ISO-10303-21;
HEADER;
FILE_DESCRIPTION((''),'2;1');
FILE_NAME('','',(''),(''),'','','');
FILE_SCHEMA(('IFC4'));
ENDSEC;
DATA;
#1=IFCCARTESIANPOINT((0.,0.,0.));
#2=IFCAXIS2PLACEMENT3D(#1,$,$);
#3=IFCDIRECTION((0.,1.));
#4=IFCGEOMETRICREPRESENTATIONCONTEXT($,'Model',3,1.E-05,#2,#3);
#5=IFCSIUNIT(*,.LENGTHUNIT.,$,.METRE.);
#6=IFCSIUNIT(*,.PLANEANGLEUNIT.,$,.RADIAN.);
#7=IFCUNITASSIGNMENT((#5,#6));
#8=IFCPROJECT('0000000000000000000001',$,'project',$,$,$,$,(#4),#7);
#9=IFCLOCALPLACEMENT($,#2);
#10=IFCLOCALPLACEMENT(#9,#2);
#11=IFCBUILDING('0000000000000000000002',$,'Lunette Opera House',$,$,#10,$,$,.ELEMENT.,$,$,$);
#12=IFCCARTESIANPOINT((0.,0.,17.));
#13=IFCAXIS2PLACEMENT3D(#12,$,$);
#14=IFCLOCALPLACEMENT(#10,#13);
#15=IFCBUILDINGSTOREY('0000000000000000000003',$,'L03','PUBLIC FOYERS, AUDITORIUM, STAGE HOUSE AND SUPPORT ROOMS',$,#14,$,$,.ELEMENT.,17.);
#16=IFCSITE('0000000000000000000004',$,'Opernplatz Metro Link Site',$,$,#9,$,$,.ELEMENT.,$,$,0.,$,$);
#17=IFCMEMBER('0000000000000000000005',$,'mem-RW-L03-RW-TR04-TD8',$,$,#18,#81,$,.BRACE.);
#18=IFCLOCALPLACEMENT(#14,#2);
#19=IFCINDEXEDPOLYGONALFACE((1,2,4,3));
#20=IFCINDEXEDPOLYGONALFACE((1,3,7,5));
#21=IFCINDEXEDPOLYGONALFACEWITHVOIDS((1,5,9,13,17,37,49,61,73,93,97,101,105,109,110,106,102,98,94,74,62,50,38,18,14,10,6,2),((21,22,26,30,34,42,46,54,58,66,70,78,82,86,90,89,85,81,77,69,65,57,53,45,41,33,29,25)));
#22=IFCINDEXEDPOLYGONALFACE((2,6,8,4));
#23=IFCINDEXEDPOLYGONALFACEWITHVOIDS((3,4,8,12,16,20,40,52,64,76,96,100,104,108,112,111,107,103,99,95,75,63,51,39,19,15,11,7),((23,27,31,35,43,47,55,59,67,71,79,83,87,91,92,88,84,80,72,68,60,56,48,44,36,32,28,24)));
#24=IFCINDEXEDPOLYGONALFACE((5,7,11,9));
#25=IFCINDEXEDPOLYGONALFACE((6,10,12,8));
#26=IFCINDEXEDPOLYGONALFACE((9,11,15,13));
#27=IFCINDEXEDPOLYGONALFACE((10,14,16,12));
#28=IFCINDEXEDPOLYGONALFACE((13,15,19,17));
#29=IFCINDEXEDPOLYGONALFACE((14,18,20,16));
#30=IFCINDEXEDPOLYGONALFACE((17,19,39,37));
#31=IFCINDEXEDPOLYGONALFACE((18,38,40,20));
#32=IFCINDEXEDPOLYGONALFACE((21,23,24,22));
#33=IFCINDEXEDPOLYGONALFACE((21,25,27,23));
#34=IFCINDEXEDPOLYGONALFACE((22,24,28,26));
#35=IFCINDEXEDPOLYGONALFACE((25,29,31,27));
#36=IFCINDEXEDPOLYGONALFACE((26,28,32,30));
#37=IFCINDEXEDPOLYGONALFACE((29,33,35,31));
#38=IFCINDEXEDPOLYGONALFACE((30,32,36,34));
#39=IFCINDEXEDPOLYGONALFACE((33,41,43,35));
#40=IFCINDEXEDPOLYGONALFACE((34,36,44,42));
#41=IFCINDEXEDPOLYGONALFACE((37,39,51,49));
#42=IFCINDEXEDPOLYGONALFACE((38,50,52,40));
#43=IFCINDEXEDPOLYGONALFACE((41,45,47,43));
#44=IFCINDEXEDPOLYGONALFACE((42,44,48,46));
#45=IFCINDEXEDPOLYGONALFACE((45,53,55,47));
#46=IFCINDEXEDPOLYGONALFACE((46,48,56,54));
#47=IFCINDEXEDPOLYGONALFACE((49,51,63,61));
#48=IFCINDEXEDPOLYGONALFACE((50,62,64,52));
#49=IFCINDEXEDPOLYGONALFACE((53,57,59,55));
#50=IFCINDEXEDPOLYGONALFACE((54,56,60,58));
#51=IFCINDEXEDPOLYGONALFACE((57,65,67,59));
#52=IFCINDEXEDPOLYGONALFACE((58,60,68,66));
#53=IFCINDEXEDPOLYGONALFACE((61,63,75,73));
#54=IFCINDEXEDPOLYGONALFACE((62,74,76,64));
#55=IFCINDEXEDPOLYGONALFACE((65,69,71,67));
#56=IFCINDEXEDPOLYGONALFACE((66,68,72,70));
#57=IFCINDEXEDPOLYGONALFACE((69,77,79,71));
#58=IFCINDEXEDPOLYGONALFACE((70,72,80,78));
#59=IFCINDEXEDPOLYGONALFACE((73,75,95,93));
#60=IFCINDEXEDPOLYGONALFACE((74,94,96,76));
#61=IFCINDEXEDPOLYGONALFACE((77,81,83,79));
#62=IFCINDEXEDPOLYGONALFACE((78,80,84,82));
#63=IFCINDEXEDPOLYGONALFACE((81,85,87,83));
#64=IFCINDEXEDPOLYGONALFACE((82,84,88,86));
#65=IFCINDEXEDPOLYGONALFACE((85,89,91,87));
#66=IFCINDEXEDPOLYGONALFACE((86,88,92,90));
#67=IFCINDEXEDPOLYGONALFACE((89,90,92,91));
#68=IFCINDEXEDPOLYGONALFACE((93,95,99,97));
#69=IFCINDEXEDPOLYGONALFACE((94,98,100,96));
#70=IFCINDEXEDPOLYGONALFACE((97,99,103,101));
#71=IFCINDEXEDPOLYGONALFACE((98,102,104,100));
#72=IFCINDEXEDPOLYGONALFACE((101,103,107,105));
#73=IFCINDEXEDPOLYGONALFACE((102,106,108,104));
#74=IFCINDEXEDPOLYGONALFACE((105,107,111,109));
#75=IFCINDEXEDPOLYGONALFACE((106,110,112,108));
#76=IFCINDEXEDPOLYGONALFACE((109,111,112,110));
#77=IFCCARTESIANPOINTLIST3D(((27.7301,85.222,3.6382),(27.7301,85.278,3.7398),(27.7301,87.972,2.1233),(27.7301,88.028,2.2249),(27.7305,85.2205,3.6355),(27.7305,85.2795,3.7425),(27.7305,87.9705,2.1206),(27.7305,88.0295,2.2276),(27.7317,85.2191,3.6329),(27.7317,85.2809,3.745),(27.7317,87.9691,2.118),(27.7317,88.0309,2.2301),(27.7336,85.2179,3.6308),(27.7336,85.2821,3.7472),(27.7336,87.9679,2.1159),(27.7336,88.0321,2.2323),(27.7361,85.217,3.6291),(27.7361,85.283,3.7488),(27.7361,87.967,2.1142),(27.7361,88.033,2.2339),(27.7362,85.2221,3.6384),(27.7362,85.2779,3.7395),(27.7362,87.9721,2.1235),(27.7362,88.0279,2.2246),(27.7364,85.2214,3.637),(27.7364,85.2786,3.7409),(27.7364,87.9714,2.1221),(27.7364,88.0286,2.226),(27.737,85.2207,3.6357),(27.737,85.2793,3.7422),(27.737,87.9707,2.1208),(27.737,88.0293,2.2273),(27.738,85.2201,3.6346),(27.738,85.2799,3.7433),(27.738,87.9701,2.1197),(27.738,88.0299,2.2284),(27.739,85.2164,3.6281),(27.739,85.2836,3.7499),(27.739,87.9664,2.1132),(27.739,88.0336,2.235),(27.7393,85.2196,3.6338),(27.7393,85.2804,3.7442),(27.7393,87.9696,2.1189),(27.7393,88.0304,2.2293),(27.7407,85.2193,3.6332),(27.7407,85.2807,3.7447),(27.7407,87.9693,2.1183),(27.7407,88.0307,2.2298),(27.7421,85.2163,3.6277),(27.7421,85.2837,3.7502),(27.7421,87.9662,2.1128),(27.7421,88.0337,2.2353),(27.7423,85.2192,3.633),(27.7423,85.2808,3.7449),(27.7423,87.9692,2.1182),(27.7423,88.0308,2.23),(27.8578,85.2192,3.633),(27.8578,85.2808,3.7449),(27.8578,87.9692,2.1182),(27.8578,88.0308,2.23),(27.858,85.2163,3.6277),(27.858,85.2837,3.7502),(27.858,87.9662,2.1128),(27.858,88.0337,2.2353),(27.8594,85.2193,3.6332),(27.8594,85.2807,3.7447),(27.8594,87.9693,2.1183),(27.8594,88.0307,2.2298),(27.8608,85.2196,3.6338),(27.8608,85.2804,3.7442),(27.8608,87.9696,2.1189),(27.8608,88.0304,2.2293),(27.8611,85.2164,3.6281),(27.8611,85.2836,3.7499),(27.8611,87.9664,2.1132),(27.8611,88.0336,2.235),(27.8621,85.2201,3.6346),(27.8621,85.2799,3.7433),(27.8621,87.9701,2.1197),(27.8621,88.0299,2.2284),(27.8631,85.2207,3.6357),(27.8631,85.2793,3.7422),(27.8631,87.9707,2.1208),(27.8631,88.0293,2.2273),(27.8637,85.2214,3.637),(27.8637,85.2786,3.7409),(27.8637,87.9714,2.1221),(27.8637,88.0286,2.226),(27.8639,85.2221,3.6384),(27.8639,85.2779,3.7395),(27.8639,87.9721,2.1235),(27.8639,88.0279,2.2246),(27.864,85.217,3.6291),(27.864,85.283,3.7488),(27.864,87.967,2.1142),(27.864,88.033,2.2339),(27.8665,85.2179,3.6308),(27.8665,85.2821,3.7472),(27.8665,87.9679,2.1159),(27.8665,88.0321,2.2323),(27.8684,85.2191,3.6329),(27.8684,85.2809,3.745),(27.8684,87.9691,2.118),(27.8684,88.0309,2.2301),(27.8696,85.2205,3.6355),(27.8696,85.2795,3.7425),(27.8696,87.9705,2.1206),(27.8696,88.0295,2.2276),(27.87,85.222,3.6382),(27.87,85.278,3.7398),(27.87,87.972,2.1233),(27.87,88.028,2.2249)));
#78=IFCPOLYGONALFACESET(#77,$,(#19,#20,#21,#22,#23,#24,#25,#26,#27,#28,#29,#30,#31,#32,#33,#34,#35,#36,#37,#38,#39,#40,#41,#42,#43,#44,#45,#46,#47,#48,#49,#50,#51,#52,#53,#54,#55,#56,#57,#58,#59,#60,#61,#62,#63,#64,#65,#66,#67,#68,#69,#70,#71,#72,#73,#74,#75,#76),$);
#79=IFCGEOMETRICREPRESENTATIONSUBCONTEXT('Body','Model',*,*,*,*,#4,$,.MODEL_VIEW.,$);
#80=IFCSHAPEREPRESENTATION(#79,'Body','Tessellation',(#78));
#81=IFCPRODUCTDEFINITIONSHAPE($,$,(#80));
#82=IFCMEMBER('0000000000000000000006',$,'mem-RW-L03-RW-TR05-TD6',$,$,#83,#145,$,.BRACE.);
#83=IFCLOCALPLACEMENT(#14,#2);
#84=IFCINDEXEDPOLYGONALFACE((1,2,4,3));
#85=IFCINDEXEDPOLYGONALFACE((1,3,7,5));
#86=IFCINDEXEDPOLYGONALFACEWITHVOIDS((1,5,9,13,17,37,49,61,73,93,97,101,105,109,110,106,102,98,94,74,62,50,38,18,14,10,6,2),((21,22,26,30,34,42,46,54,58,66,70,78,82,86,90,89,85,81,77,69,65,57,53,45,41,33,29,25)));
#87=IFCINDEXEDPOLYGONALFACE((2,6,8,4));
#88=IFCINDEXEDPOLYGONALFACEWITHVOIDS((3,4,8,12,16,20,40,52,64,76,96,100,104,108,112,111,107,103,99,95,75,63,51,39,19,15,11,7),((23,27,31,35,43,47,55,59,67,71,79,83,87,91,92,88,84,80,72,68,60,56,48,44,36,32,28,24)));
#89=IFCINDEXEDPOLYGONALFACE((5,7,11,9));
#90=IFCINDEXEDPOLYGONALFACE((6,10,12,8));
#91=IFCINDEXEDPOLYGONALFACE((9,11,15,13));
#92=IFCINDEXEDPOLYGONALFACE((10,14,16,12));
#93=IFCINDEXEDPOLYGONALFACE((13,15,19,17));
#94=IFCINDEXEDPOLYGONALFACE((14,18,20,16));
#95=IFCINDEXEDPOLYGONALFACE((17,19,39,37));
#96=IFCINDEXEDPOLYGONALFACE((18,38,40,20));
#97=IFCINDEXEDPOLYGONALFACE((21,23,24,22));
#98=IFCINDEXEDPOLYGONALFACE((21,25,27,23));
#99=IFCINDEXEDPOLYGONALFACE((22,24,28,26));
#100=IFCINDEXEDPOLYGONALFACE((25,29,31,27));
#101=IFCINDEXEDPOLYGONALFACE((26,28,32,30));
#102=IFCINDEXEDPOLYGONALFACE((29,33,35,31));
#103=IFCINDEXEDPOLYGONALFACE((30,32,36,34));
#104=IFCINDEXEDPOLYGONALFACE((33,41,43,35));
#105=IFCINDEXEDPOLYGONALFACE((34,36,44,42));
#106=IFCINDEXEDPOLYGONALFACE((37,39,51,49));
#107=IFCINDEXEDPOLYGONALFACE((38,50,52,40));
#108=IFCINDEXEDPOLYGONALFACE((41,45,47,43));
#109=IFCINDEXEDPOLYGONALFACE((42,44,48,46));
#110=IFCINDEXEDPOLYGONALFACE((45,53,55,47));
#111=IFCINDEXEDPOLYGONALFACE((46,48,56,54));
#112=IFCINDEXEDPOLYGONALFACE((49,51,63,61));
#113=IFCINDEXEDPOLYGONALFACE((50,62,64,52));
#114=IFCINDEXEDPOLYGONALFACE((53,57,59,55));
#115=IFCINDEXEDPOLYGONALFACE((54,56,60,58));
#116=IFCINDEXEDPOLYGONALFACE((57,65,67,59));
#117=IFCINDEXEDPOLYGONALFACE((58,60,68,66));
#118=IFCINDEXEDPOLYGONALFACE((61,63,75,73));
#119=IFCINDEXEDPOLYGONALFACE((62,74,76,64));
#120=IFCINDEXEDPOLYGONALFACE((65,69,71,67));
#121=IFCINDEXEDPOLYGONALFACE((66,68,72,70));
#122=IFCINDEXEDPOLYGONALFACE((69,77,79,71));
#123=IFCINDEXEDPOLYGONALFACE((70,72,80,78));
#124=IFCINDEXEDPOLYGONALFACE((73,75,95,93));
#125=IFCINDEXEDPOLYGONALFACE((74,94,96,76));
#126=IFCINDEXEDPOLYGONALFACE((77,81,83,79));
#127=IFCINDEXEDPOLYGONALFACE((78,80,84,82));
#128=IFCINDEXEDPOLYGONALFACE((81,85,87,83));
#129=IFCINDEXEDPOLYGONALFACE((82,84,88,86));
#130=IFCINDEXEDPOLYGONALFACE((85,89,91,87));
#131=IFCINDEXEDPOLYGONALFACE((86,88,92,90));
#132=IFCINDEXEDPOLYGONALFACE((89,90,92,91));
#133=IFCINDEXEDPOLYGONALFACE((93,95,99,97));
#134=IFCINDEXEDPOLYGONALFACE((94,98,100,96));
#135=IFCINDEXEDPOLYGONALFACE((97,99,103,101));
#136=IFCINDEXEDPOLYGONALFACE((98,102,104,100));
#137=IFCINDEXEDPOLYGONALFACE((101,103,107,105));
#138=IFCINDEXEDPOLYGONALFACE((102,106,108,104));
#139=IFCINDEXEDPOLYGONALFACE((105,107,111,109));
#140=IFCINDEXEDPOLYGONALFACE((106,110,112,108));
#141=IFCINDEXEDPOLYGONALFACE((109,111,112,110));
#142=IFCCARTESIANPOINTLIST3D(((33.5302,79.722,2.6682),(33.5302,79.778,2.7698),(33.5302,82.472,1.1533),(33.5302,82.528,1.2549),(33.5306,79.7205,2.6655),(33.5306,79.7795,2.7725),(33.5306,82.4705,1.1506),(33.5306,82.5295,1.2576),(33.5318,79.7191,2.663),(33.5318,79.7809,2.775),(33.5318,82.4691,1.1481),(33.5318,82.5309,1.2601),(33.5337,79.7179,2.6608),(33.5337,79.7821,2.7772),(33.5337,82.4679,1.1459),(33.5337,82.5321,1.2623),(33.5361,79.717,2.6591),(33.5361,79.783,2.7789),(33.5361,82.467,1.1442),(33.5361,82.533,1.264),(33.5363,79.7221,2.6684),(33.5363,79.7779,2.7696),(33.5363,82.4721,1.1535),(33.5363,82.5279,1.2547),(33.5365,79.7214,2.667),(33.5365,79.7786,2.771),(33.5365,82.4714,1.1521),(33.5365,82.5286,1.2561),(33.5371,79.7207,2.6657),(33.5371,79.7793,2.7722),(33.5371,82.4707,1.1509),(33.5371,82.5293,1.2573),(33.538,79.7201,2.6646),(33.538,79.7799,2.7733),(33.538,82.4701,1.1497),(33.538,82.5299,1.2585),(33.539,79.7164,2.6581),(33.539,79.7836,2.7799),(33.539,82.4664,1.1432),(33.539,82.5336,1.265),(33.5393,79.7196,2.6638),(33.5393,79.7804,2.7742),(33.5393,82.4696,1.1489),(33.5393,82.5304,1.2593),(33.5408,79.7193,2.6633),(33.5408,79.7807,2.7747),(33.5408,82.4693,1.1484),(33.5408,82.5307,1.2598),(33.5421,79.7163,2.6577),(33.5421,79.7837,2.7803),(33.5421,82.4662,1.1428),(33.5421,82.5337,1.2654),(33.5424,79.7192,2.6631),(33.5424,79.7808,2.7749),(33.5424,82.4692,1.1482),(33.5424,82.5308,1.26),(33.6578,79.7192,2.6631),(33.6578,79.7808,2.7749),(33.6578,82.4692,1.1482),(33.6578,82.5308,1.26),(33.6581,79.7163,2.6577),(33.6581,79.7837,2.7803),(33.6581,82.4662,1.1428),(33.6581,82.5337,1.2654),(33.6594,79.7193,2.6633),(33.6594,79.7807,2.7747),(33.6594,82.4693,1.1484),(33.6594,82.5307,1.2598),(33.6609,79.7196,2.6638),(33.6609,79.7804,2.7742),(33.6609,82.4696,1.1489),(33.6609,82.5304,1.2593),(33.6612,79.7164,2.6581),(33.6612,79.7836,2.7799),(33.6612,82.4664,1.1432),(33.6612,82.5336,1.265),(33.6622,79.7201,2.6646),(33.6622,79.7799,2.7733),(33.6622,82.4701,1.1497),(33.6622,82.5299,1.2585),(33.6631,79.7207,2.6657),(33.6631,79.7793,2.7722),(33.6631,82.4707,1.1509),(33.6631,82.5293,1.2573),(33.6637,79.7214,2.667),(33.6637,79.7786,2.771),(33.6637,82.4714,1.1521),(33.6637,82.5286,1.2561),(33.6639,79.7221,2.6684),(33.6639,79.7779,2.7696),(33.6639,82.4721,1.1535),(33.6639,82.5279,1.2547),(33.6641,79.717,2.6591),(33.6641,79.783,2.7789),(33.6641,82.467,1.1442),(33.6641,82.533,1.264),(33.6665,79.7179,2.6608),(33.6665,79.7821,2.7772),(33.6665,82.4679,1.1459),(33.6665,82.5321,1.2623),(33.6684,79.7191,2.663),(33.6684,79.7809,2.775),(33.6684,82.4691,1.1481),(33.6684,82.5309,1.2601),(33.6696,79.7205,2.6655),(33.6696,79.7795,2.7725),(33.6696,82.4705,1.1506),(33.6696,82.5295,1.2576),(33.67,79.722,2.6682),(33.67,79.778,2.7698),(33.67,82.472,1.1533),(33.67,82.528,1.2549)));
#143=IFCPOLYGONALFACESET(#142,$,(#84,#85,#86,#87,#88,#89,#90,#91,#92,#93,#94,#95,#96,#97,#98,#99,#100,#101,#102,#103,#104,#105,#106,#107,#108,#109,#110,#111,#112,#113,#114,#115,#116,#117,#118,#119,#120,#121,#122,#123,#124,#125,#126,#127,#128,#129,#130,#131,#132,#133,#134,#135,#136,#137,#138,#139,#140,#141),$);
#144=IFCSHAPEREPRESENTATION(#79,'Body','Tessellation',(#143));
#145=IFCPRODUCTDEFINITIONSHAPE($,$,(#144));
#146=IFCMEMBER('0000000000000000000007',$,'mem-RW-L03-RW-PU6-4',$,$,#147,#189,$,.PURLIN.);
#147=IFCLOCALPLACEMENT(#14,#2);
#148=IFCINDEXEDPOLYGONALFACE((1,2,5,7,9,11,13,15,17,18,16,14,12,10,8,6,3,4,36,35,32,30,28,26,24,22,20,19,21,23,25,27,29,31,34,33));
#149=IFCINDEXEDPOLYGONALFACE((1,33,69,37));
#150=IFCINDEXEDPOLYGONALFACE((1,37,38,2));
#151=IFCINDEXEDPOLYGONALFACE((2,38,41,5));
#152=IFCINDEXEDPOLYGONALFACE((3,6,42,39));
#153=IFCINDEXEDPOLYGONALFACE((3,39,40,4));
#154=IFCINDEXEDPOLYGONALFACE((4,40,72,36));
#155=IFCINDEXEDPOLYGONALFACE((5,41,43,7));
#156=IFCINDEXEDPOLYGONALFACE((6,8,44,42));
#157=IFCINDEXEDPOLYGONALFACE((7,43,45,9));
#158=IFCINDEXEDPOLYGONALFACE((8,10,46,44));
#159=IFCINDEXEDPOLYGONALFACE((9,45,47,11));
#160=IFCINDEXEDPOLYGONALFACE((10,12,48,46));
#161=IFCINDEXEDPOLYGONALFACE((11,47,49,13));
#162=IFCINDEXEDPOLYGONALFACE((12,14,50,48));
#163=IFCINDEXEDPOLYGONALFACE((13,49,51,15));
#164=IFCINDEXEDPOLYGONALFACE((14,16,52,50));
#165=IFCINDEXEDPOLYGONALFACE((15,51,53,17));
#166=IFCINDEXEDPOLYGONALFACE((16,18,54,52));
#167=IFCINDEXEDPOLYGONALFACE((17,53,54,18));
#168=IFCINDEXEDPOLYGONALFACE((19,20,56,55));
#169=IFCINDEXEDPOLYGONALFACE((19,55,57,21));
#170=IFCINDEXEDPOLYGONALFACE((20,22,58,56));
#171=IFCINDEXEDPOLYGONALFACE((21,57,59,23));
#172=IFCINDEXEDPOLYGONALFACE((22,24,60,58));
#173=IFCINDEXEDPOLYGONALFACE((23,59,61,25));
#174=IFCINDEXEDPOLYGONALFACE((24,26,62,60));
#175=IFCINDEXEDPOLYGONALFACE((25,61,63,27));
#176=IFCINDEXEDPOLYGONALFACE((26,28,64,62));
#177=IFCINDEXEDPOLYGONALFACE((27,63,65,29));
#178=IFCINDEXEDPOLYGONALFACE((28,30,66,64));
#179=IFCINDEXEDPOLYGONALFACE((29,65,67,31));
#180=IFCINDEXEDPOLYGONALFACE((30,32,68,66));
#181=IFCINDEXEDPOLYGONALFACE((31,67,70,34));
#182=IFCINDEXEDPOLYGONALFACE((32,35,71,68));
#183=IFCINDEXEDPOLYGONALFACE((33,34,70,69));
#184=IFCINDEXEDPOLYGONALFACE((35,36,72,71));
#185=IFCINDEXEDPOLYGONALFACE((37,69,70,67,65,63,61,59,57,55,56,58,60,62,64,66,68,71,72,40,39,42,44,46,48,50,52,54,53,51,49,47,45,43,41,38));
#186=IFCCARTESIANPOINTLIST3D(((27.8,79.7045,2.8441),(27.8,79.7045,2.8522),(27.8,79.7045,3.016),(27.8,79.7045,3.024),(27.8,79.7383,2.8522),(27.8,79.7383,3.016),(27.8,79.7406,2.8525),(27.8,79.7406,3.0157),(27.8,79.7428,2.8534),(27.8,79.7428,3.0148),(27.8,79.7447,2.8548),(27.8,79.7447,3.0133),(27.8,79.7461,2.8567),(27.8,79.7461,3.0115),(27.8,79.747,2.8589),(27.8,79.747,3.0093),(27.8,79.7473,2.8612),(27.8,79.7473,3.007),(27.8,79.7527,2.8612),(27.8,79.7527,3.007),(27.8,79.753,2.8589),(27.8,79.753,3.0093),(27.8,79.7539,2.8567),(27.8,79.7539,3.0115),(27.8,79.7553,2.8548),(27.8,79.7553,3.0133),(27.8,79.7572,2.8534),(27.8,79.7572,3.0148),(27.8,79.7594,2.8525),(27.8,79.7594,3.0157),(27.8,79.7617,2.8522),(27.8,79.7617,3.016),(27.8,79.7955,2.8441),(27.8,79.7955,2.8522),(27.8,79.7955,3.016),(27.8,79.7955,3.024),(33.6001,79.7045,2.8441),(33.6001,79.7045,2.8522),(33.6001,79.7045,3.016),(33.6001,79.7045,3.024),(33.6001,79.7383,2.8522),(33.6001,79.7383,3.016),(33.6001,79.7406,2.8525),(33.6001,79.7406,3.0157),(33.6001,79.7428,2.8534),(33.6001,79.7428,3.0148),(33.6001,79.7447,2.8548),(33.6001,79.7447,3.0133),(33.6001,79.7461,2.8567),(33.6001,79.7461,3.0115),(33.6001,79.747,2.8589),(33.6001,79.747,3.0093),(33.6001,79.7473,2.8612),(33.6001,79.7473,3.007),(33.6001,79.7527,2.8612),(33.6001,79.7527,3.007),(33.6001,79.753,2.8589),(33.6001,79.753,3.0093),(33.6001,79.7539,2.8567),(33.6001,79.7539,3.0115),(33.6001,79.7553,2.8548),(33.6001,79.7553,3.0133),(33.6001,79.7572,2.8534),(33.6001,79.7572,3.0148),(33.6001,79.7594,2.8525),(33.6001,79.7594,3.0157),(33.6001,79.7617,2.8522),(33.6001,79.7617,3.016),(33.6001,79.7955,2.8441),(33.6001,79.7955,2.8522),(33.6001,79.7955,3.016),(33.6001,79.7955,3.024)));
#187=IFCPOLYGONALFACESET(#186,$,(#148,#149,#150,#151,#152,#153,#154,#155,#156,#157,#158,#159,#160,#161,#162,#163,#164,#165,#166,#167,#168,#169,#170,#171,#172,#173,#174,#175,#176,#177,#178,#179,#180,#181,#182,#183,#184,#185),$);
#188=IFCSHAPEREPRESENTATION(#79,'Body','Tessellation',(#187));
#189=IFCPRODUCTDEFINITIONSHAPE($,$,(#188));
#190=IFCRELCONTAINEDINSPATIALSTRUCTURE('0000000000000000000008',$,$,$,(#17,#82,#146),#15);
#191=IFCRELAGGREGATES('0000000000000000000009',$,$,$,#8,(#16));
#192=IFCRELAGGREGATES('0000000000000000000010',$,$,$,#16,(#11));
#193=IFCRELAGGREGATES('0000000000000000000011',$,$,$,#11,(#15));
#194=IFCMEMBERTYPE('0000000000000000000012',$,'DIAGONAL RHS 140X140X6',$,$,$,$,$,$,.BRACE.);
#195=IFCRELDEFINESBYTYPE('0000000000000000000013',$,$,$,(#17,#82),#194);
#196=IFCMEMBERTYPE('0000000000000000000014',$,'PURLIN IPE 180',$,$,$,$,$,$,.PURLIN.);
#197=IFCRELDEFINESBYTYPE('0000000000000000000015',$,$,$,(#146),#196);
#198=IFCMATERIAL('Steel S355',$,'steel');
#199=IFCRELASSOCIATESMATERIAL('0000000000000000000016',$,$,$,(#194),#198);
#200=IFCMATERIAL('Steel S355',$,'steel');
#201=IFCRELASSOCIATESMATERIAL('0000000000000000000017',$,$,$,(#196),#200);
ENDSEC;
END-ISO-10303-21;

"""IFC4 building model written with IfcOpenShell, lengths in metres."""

from ifc_helpers import new_model, si_unit, direction, frame, origin, origin_2d, place, context, subcontext, project, spatial, hollow_rectangle, i_section, extrude, material, material_profile, profile_set, type_object, element, save


model = new_model("IFC4")

# Units and contexts
model_context = context("Model", 3, precision=1e-05, world=origin(), true_north=direction((0.0, 1.0)))
body_context = subcontext(model_context, "Body", "Model", "MODEL_VIEW")
ifc_project = project(units=[si_unit("LENGTHUNIT", "METRE"), si_unit("PLANEANGLEUNIT", "RADIAN")], contexts=[model_context])

# Site, building, storey
site_placement = place(None, origin())
site = spatial("IfcSite", under=ifc_project, at=site_placement, Name="Opernplatz Metro Link Site", CompositionType="ELEMENT", RefElevation=0.0)
building_placement = place(site_placement, origin())
building = spatial("IfcBuilding", under=site, at=building_placement, Name="Lunette Opera House", CompositionType="ELEMENT")
storey_placement = place(building_placement, frame((0.0, 0.0, 17.0)))
storey = spatial("IfcBuildingStorey", under=building, at=storey_placement, Name="L03", Description="PUBLIC FOYERS, AUDITORIUM, STAGE HOUSE AND SUPPORT ROOMS", CompositionType="ELEMENT", Elevation=17.0)

# Members
ifc_material_1 = material(Name="Steel S355", Category="steel")
ifc_material_profile_1 = material_profile(ifc_material_1, hollow_rectangle(XDim=0.1399, YDim=0.1399, WallThickness=0.0061, InnerFilletRadius=0.0061, OuterFilletRadius=0.012, at=origin_2d()), Name="RHS 140X140X6")
ifc_profile_set_1 = profile_set([ifc_material_profile_1], Name="Steel S355")
member_type_1 = type_object("IfcMemberType", Name="DIAGONAL RHS 140X140X6", PredefinedType="BRACE", material=ifc_profile_set_1)
for number, where, z_axis, x_axis, name in (
    (1, (27.8, 85.25, 3.689), (0.0, 0.875894, -0.482504), (-1.0, 0.0, 0.0), "mem-RW-L03-RW-TR04-TD8"),
    (2, (33.6001, 79.75, 2.719), (0.0, 0.875894, -0.482504), (-1.0, 0.0, 0.0), "mem-RW-L03-RW-TR05-TD6"),
):
    element("IfcMember", number, at=place(storey_placement, frame(where, z_axis=z_axis, x_axis=x_axis)), inside=storey, type_object=member_type_1, Name=name, PredefinedType="BRACE", context=body_context, shape_type="SweptSolid", body=[
        extrude(hollow_rectangle(XDim=0.1399, YDim=0.1399, WallThickness=0.0061, InnerFilletRadius=0.0061, OuterFilletRadius=0.012, at=origin_2d()), origin(), (0.0, 0.0, 1.0), 3.1396),
    ])
ifc_material_2 = material(Name="Steel S355", Category="steel")
ifc_material_profile_2 = material_profile(ifc_material_2, i_section(OverallWidth=0.0911, OverallDepth=0.1799, WebThickness=0.0054, FlangeThickness=0.0081, FilletRadius=0.009, at=origin_2d()), Name="IPE 180")
ifc_profile_set_2 = profile_set([ifc_material_profile_2], Name="Steel S355")
member_type_2 = type_object("IfcMemberType", Name="PURLIN IPE 180", PredefinedType="PURLIN", material=ifc_profile_set_2)
for number, where, z_axis, x_axis, name in (
    (3, (27.8, 79.75, 2.9341), (1.0, 0.0, 0.0), (0.0, 1.0, 0.0), "mem-RW-L03-RW-PU6-4"),
):
    element("IfcMember", number, at=place(storey_placement, frame(where, z_axis=z_axis, x_axis=x_axis)), inside=storey, type_object=member_type_2, Name=name, PredefinedType="PURLIN", context=body_context, shape_type="SweptSolid", body=[
        extrude(i_section(OverallWidth=0.0911, OverallDepth=0.1799, WebThickness=0.0054, FlangeThickness=0.0081, FilletRadius=0.009, at=origin_2d()), origin(), (0.0, 0.0, 1.0), 5.8),
    ])

save(model, "model.ifc")
